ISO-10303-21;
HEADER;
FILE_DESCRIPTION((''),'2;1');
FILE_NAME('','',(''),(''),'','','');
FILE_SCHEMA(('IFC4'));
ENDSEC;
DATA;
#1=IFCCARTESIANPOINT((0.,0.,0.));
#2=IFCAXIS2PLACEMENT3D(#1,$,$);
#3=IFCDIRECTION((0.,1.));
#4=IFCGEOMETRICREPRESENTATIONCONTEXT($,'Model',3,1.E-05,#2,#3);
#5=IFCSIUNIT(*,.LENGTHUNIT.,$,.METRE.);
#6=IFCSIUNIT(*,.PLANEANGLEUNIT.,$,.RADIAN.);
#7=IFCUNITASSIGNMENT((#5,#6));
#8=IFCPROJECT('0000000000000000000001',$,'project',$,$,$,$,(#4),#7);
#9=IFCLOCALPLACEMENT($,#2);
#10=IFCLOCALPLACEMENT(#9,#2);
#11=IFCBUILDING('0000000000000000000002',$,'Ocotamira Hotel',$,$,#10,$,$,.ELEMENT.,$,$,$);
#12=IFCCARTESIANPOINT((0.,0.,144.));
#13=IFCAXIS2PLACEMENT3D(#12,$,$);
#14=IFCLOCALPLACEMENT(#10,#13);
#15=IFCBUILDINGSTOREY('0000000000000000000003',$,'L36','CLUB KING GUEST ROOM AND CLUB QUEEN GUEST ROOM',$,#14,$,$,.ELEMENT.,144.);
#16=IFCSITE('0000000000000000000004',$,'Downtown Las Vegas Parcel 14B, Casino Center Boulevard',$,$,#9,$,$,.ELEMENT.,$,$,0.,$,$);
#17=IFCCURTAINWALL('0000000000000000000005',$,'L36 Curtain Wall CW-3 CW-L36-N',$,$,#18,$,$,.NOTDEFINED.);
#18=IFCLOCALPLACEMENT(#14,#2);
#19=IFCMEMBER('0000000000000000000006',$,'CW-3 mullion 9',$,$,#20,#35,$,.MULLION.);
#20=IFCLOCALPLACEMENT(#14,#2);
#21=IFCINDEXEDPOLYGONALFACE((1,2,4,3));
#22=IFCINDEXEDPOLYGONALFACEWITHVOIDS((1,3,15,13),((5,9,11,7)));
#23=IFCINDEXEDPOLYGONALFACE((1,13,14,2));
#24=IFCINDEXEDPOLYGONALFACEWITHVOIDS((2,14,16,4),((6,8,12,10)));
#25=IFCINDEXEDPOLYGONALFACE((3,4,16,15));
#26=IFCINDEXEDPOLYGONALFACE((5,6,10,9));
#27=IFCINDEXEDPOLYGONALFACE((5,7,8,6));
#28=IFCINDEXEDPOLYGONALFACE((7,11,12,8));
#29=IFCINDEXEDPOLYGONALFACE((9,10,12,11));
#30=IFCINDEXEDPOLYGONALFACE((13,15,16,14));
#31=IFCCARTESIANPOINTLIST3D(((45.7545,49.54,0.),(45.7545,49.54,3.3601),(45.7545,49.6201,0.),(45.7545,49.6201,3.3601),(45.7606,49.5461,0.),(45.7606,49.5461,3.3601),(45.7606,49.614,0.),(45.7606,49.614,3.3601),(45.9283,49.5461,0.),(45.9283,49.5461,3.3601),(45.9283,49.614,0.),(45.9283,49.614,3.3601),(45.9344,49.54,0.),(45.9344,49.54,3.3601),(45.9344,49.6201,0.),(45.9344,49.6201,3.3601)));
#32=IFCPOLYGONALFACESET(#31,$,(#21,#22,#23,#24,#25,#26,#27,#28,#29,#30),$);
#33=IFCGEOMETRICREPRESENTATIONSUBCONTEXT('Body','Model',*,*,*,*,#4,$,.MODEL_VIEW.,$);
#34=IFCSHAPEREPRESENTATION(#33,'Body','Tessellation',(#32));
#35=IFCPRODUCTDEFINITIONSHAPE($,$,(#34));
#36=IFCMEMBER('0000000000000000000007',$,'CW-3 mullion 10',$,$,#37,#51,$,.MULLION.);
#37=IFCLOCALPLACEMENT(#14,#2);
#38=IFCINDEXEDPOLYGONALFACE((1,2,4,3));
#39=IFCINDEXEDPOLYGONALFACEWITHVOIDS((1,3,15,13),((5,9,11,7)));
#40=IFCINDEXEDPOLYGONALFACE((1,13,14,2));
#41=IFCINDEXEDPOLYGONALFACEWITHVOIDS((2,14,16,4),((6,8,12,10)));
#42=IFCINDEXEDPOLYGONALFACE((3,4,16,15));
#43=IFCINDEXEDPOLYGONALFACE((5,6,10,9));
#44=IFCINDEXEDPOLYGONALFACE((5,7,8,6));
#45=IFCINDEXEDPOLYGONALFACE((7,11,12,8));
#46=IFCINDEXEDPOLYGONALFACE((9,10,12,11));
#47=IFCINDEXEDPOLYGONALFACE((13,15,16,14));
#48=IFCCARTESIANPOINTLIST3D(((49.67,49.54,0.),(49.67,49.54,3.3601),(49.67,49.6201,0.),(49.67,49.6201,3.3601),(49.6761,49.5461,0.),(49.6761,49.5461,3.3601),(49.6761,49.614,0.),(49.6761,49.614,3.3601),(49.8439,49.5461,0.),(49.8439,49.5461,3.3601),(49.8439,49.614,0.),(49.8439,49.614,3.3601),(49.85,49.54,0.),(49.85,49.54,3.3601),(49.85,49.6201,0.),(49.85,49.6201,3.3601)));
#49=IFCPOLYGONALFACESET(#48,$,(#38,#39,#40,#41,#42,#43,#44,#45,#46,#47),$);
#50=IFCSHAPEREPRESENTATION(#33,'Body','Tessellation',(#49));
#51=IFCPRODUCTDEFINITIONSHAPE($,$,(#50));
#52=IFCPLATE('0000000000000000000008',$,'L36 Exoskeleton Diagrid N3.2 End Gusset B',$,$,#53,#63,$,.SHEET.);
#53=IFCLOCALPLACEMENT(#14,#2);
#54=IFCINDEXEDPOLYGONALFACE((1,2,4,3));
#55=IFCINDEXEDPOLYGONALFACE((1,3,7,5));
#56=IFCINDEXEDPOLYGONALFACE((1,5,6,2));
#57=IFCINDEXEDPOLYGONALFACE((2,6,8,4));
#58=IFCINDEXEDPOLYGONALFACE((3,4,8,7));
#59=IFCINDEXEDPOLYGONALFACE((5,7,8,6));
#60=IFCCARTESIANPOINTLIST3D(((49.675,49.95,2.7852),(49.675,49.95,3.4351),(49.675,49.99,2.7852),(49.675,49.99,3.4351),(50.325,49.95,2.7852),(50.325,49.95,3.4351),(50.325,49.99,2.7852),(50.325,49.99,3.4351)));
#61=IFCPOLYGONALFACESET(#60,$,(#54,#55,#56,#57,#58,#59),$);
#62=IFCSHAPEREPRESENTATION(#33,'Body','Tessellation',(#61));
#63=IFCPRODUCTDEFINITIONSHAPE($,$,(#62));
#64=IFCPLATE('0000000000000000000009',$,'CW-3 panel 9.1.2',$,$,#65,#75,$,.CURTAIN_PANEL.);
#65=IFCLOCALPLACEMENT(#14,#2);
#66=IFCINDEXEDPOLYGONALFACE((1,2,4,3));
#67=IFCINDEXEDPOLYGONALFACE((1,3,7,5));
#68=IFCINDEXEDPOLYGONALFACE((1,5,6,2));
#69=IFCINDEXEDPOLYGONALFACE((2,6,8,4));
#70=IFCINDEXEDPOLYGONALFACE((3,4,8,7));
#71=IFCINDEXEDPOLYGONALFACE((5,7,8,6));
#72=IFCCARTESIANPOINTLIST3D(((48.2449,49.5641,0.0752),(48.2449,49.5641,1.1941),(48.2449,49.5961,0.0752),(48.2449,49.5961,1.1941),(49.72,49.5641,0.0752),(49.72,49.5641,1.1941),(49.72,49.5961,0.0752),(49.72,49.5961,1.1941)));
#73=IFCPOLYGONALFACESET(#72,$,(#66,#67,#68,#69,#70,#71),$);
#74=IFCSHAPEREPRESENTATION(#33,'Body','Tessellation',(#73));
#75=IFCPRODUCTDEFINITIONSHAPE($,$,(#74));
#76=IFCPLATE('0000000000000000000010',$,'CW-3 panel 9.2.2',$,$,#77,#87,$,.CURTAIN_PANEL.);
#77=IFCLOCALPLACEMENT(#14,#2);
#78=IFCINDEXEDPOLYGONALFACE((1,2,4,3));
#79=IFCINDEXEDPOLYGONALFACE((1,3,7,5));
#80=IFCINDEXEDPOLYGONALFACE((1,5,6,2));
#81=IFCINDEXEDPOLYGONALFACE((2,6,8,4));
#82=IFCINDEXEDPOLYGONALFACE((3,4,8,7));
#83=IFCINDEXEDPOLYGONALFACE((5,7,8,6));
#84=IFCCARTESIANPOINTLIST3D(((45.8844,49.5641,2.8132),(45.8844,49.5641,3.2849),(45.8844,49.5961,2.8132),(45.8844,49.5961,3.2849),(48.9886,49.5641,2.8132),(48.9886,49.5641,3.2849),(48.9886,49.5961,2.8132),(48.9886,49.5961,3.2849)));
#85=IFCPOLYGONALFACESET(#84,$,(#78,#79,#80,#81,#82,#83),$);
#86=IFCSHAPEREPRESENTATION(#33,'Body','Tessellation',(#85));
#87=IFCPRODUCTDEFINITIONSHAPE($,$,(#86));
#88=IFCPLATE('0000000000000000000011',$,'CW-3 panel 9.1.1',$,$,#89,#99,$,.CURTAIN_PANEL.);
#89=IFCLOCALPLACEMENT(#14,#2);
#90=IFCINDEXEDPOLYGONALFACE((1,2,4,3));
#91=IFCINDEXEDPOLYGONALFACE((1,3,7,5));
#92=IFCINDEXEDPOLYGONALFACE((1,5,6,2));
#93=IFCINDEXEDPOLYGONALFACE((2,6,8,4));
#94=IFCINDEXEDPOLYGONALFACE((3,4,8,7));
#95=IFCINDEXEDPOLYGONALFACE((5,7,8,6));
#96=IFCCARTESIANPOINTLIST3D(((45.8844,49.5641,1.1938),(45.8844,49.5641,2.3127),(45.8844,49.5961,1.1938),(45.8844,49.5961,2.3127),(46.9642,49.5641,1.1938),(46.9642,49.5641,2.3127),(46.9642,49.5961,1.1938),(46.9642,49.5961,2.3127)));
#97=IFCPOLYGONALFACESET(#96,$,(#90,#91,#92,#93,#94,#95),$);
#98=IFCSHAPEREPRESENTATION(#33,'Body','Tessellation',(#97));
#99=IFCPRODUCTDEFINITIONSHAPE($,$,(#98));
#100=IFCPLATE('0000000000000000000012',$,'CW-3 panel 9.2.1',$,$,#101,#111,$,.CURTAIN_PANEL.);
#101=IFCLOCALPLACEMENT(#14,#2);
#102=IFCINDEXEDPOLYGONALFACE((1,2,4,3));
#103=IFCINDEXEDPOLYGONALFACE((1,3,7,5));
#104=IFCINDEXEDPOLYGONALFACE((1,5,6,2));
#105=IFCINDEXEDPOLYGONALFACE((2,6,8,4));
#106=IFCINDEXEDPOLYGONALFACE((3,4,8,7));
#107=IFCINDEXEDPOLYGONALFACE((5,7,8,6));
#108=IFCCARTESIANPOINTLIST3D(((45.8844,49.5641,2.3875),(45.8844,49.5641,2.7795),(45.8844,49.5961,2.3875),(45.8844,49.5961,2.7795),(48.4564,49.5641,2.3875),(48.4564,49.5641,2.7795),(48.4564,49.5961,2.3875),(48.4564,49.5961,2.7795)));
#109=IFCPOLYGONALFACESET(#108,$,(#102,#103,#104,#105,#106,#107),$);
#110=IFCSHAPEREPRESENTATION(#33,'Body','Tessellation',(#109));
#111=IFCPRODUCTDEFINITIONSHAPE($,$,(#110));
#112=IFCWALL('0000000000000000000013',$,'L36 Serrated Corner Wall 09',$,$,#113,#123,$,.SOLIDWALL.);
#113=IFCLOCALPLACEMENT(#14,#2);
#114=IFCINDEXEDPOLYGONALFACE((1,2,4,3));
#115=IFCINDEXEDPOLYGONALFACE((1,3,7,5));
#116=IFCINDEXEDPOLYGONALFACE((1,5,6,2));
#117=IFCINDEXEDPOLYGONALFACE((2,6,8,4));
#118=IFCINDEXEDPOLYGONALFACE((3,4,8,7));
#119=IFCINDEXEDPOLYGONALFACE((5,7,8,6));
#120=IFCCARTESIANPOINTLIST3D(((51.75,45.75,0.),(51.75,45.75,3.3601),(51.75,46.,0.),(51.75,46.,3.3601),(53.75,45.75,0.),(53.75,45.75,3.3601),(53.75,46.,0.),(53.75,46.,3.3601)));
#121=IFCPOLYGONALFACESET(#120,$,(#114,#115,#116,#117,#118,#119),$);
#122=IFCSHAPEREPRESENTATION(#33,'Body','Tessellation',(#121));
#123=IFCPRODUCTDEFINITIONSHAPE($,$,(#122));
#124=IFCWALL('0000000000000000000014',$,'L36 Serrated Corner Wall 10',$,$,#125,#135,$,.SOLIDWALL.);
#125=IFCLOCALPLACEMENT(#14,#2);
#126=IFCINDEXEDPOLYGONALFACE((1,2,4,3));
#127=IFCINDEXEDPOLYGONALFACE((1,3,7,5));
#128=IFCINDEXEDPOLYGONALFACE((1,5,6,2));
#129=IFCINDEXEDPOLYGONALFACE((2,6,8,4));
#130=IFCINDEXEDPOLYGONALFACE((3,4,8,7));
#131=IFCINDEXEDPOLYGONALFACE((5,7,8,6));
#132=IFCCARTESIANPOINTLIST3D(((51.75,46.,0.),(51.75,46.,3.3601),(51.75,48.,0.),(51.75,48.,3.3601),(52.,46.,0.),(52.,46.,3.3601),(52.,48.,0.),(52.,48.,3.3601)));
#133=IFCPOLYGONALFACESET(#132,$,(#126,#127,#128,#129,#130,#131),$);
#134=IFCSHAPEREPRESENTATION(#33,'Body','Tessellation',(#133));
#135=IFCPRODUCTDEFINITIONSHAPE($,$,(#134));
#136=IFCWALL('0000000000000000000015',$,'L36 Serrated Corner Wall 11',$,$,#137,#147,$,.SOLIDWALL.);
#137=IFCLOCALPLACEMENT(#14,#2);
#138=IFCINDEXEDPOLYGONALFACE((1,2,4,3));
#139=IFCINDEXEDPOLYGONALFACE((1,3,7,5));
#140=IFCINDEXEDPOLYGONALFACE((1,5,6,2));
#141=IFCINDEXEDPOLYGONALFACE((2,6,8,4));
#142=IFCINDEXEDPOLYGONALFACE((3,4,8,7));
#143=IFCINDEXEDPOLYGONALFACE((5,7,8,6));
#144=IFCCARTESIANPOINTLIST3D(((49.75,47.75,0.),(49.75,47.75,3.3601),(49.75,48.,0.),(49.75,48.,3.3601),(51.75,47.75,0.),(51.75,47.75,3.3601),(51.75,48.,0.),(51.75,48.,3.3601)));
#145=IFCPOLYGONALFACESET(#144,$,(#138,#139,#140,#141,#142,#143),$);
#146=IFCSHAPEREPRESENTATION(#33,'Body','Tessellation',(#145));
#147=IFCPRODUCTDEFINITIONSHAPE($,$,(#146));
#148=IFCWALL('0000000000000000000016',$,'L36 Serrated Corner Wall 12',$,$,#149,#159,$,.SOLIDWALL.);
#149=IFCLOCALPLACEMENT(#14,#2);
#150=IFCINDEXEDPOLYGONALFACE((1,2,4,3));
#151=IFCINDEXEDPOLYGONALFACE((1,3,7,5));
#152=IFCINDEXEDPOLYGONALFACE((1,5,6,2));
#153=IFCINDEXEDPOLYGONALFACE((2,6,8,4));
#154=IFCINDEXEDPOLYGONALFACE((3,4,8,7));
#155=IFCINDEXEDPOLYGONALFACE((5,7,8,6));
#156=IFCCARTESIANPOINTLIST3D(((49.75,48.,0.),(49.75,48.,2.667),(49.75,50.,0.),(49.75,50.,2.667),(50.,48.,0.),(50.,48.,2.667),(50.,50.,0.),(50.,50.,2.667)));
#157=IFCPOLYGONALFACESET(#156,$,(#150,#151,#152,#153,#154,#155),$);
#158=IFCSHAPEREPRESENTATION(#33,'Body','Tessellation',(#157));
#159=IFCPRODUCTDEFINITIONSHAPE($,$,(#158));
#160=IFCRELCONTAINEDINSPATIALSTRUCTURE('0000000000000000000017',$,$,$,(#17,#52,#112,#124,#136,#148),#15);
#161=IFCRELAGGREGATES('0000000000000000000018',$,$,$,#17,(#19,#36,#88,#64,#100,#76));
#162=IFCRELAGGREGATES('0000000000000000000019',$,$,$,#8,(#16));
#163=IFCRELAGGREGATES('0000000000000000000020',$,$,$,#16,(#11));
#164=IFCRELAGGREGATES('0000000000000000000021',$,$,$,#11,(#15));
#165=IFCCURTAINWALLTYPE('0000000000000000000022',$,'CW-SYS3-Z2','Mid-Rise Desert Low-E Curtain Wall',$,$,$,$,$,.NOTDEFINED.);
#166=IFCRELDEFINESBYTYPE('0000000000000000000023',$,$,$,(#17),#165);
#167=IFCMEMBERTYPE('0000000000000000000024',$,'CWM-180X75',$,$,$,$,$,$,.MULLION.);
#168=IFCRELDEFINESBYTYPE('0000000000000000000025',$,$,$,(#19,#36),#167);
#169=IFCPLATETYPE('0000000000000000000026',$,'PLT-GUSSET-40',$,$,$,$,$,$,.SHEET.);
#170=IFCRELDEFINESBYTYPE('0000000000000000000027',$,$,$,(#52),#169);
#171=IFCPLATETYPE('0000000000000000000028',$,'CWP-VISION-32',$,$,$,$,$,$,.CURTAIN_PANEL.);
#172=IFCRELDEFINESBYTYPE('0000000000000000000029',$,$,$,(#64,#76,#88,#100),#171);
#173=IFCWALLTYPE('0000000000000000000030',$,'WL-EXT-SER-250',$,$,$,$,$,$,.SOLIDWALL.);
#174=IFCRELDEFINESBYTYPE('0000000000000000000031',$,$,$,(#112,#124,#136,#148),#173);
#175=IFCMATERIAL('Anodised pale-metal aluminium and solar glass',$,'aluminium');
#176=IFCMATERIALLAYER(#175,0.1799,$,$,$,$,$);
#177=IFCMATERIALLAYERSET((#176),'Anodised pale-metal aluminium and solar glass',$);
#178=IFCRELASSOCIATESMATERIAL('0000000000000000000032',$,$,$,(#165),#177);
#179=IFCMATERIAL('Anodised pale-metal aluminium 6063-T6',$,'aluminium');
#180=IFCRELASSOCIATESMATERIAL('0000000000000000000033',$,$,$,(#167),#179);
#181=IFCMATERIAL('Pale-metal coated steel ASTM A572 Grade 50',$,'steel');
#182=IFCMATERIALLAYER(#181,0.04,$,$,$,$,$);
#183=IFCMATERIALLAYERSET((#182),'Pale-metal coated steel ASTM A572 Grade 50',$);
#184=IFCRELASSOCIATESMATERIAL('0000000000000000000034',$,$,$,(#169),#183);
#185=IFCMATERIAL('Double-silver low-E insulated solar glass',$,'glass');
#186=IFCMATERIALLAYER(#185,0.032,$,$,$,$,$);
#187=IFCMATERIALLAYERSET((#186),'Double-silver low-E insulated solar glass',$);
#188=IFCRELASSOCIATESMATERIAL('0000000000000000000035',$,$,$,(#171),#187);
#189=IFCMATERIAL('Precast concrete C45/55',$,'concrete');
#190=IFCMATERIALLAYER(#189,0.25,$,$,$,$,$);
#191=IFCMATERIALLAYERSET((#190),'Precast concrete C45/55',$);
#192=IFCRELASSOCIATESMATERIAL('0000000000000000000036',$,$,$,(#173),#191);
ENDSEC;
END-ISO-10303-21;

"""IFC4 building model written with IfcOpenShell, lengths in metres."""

from ifc_helpers import new_model, si_unit, direction, frame, frame_2d, origin, origin_2d, place, context, subcontext, project, spatial, rectangle, hollow_rectangle, extrude, source, transform, mapped, material, layer, layer_set, material_profile, profile_set, type_object, element, aggregate, save


model = new_model("IFC4")

# Units and contexts
model_context = context("Model", 3, precision=1e-05, world=origin(), true_north=direction((0.0, 1.0)))
body_context = subcontext(model_context, "Body", "Model", "MODEL_VIEW")
ifc_project = project(units=[si_unit("LENGTHUNIT", "METRE"), si_unit("PLANEANGLEUNIT", "RADIAN")], contexts=[model_context])

# Site, building, storey
site_placement = place(None, origin())
site = spatial("IfcSite", under=ifc_project, at=site_placement, Name="Downtown Las Vegas Parcel 14B, Casino Center Boulevard", CompositionType="ELEMENT", RefElevation=0.0)
building_placement = place(site_placement, origin())
building = spatial("IfcBuilding", under=site, at=building_placement, Name="Ocotamira Hotel", CompositionType="ELEMENT")
storey_placement = place(building_placement, frame((0.0, 0.0, 144.0)))
storey = spatial("IfcBuildingStorey", under=building, at=storey_placement, Name="L36", Description="CLUB KING GUEST ROOM AND CLUB QUEEN GUEST ROOM", CompositionType="ELEMENT", Elevation=144.0)

# Curtain wall, members
ifc_material_1 = material(Name="Anodised pale-metal aluminium and solar glass", Category="aluminium")
ifc_layer_1 = layer(ifc_material_1, 0.1799)
ifc_layer_set_1 = layer_set([ifc_layer_1], Name="Anodised pale-metal aluminium and solar glass")
curtain_wall_type = type_object("IfcCurtainWallType", Name="CW-SYS3-Z2", Description="Mid-Rise Desert Low-E Curtain Wall", PredefinedType="NOTDEFINED", material=ifc_layer_set_1)
curtain_wall_placement = place(storey_placement, origin())
curtain_wall = element("IfcCurtainWall", 1, at=curtain_wall_placement, inside=storey, type_object=curtain_wall_type, Name="L36 Curtain Wall CW-3 CW-L36-N", PredefinedType="NOTDEFINED")
ifc_material_2 = material(Name="Anodised pale-metal aluminium 6063-T6", Category="aluminium")
ifc_material_profile_1 = material_profile(ifc_material_2, hollow_rectangle(XDim=0.0801, YDim=0.1799, WallThickness=0.0061, at=origin_2d()), Name="HSS180X80X6")
ifc_profile_set_1 = profile_set([ifc_material_profile_1], Name="Anodised pale-metal aluminium 6063-T6")
member_type_1 = type_object("IfcMemberType", Name="CWM-180X75", PredefinedType="MULLION", material=ifc_profile_set_1)
shared_shape_1 = source(origin(), body_context, "Body", "SweptSolid", [
    extrude(hollow_rectangle(XDim=0.0801, YDim=0.1799, WallThickness=0.0061, at=origin_2d()), origin(), (0.0, 0.0, 1.0), 3.3601),
])
member_1_placement = place(storey_placement, frame((45.8445, 49.5801, 0.0), z_axis=(0.0, 0.0, 1.0), x_axis=(0.0, 1.0, 0.0)))
member_1 = element("IfcMember", 2, at=member_1_placement, type_object=member_type_1, Name="CW-3 mullion 9", PredefinedType="MULLION", context=body_context, shape_type="MappedRepresentation", body=[
    mapped(shared_shape_1, transform((0.0, 0.0, 0.0), scale=1.0)),
])
member_2_placement = place(storey_placement, frame((49.76, 49.5801, 0.0), z_axis=(0.0, 0.0, 1.0), x_axis=(0.0, 1.0, 0.0)))
member_2 = element("IfcMember", 3, at=member_2_placement, type_object=member_type_1, Name="CW-3 mullion 10", PredefinedType="MULLION", context=body_context, shape_type="MappedRepresentation", body=[
    mapped(shared_shape_1, transform((0.0, 0.0, 0.0), scale=1.0)),
])

# Plates
ifc_material_3 = material(Name="Pale-metal coated steel ASTM A572 Grade 50", Category="steel")
ifc_layer_2 = layer(ifc_material_3, 0.04)
ifc_layer_set_2 = layer_set([ifc_layer_2], Name="Pale-metal coated steel ASTM A572 Grade 50")
plate_type_1 = type_object("IfcPlateType", Name="PLT-GUSSET-40", PredefinedType="SHEET", material=ifc_layer_set_2)
shared_shape_2 = source(origin(), body_context, "Body", "SweptSolid", [
    extrude(rectangle(XDim=0.6499, YDim=0.04, at=origin_2d()), origin(), (0.0, 0.0, 1.0), 0.6499),
])
plate_1_placement = place(storey_placement, frame((50.0, 49.97, 2.7852), z_axis=(0.0, 0.0, 1.0), x_axis=(1.0, 0.0, 0.0)))
element("IfcPlate", 4, at=plate_1_placement, inside=storey, type_object=plate_type_1, Name="L36 Exoskeleton Diagrid N3.2 End Gusset B", PredefinedType="SHEET", context=body_context, shape_type="MappedRepresentation", body=[
    mapped(shared_shape_2, transform((0.0, 0.0, 0.0), scale=1.0)),
])
ifc_material_4 = material(Name="Double-silver low-E insulated solar glass", Category="glass")
ifc_layer_3 = layer(ifc_material_4, 0.032)
ifc_layer_set_3 = layer_set([ifc_layer_3], Name="Double-silver low-E insulated solar glass")
plate_type_2 = type_object("IfcPlateType", Name="CWP-VISION-32", PredefinedType="CURTAIN_PANEL", material=ifc_layer_set_3)
shared_shape_3 = source(origin(), body_context, "Body", "SweptSolid", [
    extrude(rectangle(XDim=1.4751, YDim=0.032, at=origin_2d()), origin(), (0.0, 0.0, 1.0), 1.1189),
])
plate_2_placement = place(storey_placement, frame((48.9824, 49.5801, 0.0752), z_axis=(0.0, 0.0, 1.0), x_axis=(1.0, 0.0, 0.0)))
plate_2 = element("IfcPlate", 5, at=plate_2_placement, type_object=plate_type_2, Name="CW-3 panel 9.1.2", PredefinedType="CURTAIN_PANEL", context=body_context, shape_type="MappedRepresentation", body=[
    mapped(shared_shape_3, transform((0.0, 0.0, 0.0), scale=1.0)),
])
shared_shape_4 = source(origin(), body_context, "Body", "SweptSolid", [
    extrude(rectangle(XDim=3.1042, YDim=0.032, at=origin_2d()), origin(), (0.0, 0.0, 1.0), 0.4717),
])
plate_3_placement = place(storey_placement, frame((47.4365, 49.5801, 2.8132), z_axis=(0.0, 0.0, 1.0), x_axis=(1.0, 0.0, 0.0)))
plate_3 = element("IfcPlate", 6, at=plate_3_placement, type_object=plate_type_2, Name="CW-3 panel 9.2.2", PredefinedType="CURTAIN_PANEL", context=body_context, shape_type="MappedRepresentation", body=[
    mapped(shared_shape_4, transform((0.0, 0.0, 0.0), scale=1.0)),
])
shared_shape_5 = source(origin(), body_context, "Body", "SweptSolid", [
    extrude(rectangle(XDim=1.0798, YDim=0.032, at=origin_2d()), origin(), (0.0, 0.0, 1.0), 1.1189),
])
plate_4_placement = place(storey_placement, frame((46.4243, 49.5801, 1.1938), z_axis=(0.0, 0.0, 1.0), x_axis=(1.0, 0.0, 0.0)))
plate_4 = element("IfcPlate", 7, at=plate_4_placement, type_object=plate_type_2, Name="CW-3 panel 9.1.1", PredefinedType="CURTAIN_PANEL", context=body_context, shape_type="MappedRepresentation", body=[
    mapped(shared_shape_5, transform((0.0, 0.0, 0.0), scale=1.0)),
])
shared_shape_6 = source(origin(), body_context, "Body", "SweptSolid", [
    extrude(rectangle(XDim=2.572, YDim=0.032, at=origin_2d()), origin(), (0.0, 0.0, 1.0), 0.3921),
])
plate_5_placement = place(storey_placement, frame((47.1704, 49.5801, 2.3875), z_axis=(0.0, 0.0, 1.0), x_axis=(1.0, 0.0, 0.0)))
plate_5 = element("IfcPlate", 8, at=plate_5_placement, type_object=plate_type_2, Name="CW-3 panel 9.2.1", PredefinedType="CURTAIN_PANEL", context=body_context, shape_type="MappedRepresentation", body=[
    mapped(shared_shape_6, transform((0.0, 0.0, 0.0), scale=1.0)),
])
aggregate(curtain_wall, [member_1, member_2, plate_4, plate_2, plate_5, plate_3])

# Walls
ifc_material_5 = material(Name="Precast concrete C45/55", Category="concrete")
ifc_layer_4 = layer(ifc_material_5, 0.25)
ifc_layer_set_4 = layer_set([ifc_layer_4], Name="Precast concrete C45/55")
wall_type = type_object("IfcWallType", Name="WL-EXT-SER-250", PredefinedType="SOLIDWALL", material=ifc_layer_set_4)
for number, where, z_axis, x_axis, name in (
    (9, (53.75, 45.875, 0.0), (0.0, 0.0, 1.0), (-1.0, 0.0, 0.0), "L36 Serrated Corner Wall 09"),
    (10, (51.875, 46.0, 0.0), (0.0, 0.0, 1.0), (0.0, 1.0, 0.0), "L36 Serrated Corner Wall 10"),
    (11, (51.75, 47.875, 0.0), (0.0, 0.0, 1.0), (-1.0, 0.0, 0.0), "L36 Serrated Corner Wall 11"),
):
    element("IfcWall", number, at=place(storey_placement, frame(where, z_axis=z_axis, x_axis=x_axis)), inside=storey, type_object=wall_type, Name=name, PredefinedType="SOLIDWALL", context=body_context, shape_type="SweptSolid", body=[
        extrude(rectangle(XDim=2.0, YDim=0.25, at=frame_2d((1.0, 0.0))), origin(), (0.0, 0.0, 1.0), 3.3601),
    ])
wall_placement = place(storey_placement, frame((49.875, 48.0, 0.0), z_axis=(0.0, 0.0, 1.0), x_axis=(0.0, 1.0, 0.0)))
element("IfcWall", 12, at=wall_placement, inside=storey, type_object=wall_type, Name="L36 Serrated Corner Wall 12", PredefinedType="SOLIDWALL", context=body_context, shape_type="SweptSolid", body=[
    extrude(rectangle(XDim=2.0, YDim=0.25, at=frame_2d((1.0, 0.0))), origin(), (0.0, 0.0, 1.0), 2.667),
])

save(model, "model.ifc")
